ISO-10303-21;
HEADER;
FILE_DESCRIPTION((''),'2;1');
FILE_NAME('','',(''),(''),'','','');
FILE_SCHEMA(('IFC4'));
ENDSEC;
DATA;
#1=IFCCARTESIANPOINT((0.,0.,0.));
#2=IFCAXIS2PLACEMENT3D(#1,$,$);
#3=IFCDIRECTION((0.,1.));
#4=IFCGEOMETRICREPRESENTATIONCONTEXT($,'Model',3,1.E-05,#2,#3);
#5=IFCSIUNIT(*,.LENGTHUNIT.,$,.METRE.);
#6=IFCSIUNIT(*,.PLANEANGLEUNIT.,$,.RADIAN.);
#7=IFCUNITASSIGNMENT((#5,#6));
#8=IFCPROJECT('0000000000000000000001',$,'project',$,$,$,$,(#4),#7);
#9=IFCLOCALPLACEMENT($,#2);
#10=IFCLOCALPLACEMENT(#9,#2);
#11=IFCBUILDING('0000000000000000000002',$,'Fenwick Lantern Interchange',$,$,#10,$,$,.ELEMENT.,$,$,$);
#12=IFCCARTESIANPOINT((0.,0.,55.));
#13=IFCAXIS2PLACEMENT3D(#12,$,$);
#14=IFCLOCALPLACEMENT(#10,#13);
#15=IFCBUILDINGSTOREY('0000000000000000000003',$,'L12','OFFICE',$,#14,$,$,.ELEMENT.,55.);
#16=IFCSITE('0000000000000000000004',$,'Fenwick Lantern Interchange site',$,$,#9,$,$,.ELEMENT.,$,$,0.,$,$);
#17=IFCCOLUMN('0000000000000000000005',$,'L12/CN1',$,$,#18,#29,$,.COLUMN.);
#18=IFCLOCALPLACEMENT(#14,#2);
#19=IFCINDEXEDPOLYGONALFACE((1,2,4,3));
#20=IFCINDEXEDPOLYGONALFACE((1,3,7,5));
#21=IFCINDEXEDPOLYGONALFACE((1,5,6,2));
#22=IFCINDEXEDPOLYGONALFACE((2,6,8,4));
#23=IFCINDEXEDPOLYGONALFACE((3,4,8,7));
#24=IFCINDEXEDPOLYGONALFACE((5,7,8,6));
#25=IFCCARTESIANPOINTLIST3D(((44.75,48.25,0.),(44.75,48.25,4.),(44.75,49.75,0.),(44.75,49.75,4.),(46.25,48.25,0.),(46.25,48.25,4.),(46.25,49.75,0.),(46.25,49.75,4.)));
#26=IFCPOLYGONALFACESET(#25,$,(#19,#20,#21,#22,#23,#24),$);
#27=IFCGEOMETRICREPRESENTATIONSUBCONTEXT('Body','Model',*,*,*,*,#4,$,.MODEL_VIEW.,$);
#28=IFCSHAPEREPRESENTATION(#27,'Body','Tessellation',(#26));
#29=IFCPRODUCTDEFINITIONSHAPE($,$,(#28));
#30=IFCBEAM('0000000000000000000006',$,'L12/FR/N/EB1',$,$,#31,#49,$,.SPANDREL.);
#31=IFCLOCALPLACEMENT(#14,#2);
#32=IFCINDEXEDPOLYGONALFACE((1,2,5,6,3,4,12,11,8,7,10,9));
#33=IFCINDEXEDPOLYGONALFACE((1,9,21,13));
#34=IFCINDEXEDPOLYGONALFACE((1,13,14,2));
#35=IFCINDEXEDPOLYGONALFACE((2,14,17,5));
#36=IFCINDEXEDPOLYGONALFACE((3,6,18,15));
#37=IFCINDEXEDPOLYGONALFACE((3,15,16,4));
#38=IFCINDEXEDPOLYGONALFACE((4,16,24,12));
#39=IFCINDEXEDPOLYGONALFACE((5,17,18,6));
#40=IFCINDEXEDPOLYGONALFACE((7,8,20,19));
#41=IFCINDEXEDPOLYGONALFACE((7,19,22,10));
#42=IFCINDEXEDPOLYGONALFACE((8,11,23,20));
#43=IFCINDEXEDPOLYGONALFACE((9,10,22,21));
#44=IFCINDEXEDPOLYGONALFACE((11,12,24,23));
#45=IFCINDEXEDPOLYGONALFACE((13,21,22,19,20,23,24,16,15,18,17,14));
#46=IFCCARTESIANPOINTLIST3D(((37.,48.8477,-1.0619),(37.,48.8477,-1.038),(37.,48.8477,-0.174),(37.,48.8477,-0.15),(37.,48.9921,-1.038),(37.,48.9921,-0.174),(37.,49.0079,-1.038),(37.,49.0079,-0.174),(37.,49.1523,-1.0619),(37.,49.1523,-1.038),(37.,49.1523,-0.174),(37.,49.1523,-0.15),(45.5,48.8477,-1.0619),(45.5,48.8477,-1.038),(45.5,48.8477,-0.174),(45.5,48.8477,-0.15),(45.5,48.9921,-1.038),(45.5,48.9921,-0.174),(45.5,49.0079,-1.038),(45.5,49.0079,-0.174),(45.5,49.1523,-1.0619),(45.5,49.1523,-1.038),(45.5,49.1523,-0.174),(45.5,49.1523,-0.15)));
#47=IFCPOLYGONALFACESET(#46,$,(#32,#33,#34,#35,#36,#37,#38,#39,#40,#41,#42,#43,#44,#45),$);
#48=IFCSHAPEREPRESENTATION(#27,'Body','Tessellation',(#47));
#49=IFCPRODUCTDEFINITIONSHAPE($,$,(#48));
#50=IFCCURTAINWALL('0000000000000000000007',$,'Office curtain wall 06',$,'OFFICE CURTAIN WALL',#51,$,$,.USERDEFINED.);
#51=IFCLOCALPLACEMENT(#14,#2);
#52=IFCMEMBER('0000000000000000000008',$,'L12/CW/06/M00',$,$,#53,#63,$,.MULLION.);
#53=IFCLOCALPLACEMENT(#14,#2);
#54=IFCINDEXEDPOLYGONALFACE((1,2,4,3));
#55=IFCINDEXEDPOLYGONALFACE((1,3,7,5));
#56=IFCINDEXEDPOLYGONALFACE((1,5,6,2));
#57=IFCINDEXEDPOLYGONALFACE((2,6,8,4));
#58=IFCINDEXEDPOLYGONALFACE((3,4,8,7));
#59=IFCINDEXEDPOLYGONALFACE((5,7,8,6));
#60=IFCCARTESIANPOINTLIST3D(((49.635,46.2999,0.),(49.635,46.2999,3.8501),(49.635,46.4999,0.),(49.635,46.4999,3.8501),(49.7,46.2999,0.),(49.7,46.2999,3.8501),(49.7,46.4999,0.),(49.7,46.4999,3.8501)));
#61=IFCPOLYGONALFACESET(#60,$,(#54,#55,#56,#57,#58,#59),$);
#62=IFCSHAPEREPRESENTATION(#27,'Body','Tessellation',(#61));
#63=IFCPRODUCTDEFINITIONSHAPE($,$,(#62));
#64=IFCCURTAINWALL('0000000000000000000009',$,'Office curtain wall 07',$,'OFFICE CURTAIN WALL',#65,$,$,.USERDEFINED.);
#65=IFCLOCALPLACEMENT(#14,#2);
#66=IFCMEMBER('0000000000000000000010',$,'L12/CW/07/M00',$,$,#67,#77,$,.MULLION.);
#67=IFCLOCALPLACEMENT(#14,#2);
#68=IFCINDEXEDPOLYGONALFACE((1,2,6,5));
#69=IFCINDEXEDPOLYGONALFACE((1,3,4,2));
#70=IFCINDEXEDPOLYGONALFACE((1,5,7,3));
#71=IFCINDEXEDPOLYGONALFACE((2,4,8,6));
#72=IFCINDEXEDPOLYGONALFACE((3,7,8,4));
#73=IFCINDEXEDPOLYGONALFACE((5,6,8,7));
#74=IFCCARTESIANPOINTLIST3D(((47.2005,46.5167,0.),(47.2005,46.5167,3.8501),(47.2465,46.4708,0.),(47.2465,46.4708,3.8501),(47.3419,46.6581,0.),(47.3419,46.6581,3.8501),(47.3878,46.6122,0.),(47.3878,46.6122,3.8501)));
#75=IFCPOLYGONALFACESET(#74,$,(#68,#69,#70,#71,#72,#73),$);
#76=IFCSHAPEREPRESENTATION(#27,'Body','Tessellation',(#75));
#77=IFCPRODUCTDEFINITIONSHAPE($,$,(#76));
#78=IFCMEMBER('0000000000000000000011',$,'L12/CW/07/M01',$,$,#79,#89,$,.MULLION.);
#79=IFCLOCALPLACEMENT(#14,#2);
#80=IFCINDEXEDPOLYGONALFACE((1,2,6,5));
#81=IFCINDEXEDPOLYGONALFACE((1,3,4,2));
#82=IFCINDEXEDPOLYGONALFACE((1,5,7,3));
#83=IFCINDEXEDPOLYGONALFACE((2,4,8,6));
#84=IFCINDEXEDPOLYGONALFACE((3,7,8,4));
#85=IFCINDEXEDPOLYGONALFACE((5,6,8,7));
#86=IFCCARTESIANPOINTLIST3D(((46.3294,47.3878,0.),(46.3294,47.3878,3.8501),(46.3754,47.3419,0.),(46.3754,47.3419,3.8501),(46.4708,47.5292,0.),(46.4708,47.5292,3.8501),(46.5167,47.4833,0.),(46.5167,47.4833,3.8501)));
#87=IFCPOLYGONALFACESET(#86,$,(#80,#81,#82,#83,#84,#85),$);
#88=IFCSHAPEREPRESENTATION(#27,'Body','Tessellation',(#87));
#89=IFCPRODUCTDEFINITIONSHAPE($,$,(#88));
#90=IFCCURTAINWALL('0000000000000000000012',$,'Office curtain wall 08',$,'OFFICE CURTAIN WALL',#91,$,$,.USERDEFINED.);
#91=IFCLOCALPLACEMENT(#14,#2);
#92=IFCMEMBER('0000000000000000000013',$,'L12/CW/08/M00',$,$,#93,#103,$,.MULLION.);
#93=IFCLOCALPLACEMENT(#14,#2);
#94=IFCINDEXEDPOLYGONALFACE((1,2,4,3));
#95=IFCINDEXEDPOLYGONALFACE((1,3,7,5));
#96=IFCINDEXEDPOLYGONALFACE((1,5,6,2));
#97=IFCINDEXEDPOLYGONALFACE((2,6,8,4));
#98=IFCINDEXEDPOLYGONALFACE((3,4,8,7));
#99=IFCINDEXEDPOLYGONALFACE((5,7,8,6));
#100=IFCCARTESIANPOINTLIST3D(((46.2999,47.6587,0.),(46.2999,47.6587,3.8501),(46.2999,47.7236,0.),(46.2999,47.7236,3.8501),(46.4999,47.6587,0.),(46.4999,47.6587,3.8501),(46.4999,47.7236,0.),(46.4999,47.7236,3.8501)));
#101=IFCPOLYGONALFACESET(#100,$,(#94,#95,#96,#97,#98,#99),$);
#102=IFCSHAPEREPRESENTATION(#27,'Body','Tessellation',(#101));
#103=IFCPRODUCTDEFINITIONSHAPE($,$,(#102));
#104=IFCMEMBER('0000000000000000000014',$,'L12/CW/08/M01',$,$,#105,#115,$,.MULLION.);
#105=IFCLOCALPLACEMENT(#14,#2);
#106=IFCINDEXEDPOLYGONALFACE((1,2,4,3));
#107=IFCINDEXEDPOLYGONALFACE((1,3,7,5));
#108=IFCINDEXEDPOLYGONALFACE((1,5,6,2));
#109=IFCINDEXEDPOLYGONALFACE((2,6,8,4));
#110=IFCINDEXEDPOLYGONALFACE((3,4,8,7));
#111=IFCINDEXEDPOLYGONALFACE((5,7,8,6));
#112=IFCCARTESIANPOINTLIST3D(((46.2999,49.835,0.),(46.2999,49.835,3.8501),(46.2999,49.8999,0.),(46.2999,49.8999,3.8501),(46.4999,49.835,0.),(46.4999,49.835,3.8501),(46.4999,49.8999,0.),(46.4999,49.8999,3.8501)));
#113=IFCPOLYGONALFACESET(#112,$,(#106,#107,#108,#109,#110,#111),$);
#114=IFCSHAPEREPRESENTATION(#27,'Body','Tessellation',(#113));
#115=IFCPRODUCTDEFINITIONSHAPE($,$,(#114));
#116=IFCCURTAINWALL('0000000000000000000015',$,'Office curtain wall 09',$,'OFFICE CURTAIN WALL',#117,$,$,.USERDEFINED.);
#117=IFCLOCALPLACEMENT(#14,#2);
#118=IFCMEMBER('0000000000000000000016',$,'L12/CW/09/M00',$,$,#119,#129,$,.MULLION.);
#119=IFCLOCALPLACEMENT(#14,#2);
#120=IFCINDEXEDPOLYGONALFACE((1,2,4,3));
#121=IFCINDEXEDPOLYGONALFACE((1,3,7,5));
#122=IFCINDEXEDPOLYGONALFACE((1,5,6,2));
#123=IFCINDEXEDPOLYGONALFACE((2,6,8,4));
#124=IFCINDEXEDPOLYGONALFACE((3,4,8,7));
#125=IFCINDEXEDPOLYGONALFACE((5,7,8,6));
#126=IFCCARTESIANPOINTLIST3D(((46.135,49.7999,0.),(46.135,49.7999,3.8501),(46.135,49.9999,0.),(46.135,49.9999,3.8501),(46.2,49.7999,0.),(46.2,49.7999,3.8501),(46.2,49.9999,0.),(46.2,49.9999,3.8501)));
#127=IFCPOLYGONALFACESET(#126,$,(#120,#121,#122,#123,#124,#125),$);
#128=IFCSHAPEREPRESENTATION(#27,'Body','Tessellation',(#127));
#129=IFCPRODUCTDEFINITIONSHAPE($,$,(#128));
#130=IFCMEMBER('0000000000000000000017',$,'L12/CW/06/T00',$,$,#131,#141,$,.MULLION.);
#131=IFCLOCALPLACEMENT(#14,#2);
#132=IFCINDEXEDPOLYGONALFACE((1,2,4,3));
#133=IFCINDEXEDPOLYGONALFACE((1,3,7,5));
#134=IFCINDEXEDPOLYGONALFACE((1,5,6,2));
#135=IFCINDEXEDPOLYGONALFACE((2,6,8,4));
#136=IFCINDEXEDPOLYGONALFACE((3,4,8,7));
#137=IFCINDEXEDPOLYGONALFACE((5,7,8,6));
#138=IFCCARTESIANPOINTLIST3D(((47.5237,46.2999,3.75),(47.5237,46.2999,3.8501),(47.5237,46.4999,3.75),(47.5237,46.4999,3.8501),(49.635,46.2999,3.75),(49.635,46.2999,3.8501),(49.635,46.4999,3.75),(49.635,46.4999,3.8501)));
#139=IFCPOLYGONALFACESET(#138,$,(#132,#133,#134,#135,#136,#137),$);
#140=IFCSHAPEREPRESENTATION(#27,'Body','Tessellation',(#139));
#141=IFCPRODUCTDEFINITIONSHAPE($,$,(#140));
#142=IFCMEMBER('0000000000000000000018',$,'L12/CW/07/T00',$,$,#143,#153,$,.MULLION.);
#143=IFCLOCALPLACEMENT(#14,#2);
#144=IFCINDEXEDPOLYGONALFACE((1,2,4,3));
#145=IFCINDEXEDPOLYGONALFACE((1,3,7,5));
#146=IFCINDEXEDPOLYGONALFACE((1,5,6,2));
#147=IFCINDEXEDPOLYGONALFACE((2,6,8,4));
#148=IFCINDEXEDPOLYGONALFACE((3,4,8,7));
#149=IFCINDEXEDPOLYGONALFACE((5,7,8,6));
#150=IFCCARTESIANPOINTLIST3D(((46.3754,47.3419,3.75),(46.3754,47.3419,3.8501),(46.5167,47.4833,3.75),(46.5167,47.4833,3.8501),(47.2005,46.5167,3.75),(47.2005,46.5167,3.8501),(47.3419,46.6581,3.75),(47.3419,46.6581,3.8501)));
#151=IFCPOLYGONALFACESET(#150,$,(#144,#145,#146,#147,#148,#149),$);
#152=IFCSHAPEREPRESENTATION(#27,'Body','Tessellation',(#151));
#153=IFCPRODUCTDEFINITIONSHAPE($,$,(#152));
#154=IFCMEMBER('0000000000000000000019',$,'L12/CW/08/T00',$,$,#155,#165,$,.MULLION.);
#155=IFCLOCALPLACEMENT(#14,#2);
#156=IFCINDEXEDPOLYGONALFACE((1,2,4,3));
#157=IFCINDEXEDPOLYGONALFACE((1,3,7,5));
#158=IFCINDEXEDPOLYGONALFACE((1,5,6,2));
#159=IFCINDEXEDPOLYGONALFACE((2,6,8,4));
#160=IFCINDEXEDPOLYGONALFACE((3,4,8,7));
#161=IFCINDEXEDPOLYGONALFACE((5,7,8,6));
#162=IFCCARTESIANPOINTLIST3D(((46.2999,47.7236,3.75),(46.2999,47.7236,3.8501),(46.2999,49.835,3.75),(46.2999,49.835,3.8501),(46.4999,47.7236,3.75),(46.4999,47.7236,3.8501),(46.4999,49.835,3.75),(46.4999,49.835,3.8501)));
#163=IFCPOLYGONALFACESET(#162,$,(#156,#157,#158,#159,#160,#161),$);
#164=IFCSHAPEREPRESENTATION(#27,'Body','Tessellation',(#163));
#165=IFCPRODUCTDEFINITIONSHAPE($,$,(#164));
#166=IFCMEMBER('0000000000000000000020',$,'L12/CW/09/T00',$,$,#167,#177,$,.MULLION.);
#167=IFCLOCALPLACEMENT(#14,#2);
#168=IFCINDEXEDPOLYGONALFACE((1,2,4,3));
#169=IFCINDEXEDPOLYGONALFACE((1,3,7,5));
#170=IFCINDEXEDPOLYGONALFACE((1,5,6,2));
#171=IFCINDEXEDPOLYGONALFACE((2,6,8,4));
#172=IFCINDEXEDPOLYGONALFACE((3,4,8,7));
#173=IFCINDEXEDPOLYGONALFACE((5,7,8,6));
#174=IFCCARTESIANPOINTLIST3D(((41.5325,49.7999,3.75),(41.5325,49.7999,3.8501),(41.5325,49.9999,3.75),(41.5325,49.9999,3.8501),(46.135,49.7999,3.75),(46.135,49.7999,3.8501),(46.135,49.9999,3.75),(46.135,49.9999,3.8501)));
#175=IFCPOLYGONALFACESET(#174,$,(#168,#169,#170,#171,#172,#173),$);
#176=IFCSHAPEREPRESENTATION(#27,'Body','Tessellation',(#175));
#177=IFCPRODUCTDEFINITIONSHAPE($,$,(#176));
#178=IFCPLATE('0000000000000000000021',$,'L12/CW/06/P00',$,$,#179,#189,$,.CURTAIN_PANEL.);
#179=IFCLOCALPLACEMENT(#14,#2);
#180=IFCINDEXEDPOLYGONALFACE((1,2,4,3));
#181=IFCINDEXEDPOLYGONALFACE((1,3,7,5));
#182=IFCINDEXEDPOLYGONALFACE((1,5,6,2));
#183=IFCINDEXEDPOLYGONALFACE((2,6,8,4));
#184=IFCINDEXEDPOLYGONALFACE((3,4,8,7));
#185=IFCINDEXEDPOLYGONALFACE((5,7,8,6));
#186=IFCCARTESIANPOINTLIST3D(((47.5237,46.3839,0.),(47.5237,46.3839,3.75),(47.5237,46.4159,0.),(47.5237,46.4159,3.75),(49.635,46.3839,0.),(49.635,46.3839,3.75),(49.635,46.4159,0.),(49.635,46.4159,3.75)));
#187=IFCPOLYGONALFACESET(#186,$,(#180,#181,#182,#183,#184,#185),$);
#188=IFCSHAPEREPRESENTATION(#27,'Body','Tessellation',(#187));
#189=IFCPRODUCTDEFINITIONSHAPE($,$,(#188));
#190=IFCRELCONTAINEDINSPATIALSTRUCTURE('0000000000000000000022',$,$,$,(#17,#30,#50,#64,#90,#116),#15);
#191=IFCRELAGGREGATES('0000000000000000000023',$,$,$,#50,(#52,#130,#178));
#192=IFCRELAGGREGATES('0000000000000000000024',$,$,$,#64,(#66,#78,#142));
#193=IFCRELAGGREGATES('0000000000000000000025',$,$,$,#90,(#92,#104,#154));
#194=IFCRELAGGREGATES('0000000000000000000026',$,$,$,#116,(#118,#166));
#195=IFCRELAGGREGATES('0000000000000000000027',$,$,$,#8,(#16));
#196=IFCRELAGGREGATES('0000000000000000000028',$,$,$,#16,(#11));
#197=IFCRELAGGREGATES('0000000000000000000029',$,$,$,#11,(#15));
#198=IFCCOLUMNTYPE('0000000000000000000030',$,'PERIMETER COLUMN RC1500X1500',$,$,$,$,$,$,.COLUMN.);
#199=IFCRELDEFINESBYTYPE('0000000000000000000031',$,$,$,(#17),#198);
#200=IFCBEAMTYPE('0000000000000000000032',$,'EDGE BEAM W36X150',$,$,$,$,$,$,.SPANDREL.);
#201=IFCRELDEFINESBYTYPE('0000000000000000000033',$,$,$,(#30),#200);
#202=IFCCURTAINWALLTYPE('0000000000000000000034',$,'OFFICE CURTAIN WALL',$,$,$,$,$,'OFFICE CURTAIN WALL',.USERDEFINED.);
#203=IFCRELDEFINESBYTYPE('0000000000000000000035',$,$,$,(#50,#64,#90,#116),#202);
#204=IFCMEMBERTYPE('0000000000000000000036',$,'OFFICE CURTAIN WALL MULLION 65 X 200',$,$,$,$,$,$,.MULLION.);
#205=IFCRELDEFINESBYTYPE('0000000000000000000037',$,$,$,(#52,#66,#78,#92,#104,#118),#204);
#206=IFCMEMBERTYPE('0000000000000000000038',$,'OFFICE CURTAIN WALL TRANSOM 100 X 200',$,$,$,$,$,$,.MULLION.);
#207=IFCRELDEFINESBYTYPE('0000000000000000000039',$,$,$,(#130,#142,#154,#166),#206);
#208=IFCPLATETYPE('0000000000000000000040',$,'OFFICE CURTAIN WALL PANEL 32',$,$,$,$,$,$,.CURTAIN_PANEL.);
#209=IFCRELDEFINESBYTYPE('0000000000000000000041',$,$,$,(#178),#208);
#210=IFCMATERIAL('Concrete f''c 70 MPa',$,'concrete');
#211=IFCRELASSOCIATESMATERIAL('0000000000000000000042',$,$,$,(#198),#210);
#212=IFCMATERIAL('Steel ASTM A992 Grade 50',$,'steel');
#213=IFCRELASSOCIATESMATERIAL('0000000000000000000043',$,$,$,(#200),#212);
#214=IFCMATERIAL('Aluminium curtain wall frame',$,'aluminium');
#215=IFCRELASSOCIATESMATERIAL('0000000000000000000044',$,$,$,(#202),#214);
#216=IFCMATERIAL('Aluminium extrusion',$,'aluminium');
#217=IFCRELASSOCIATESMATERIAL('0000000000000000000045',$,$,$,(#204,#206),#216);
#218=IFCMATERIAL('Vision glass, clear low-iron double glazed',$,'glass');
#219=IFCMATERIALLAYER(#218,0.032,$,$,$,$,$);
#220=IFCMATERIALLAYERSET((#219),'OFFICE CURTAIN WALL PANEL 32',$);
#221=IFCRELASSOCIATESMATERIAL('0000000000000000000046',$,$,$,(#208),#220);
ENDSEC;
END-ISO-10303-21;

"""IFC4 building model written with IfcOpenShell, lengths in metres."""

from ifc_helpers import new_model, si_unit, direction, frame, origin, origin_2d, place, context, subcontext, project, spatial, rectangle, i_section, extrude, material, layer, layer_set, material_profile, profile_set, type_object, element, aggregate, save


model = new_model("IFC4")

# Units and contexts
model_context = context("Model", 3, precision=1e-05, world=origin(), true_north=direction((0.0, 1.0)))
body_context = subcontext(model_context, "Body", "Model", "MODEL_VIEW")
ifc_project = project(units=[si_unit("LENGTHUNIT", "METRE"), si_unit("PLANEANGLEUNIT", "RADIAN")], contexts=[model_context])

# Site, building, storey
site_placement = place(None, origin())
site = spatial("IfcSite", under=ifc_project, at=site_placement, Name="Fenwick Lantern Interchange site", CompositionType="ELEMENT", RefElevation=0.0)
building_placement = place(site_placement, origin())
building = spatial("IfcBuilding", under=site, at=building_placement, Name="Fenwick Lantern Interchange", CompositionType="ELEMENT")
storey_placement = place(building_placement, frame((0.0, 0.0, 55.0)))
storey = spatial("IfcBuildingStorey", under=building, at=storey_placement, Name="L12", Description="OFFICE", CompositionType="ELEMENT", Elevation=55.0)

# Column
ifc_material_1 = material(Name="Concrete f'c 70 MPa", Category="concrete")
ifc_material_profile_1 = material_profile(ifc_material_1, rectangle(XDim=1.5, YDim=1.5, at=origin_2d()), Name="RC1500X1500")
ifc_profile_set_1 = profile_set([ifc_material_profile_1], Name="Concrete f'c 70 MPa")
column_type = type_object("IfcColumnType", Name="PERIMETER COLUMN RC1500X1500", PredefinedType="COLUMN", material=ifc_profile_set_1)
column_placement = place(storey_placement, frame((45.5, 49.0, 0.0), z_axis=(0.0, 0.0, 1.0), x_axis=(1.0, 0.0, 0.0)))
element("IfcColumn", 1, at=column_placement, inside=storey, type_object=column_type, Name="L12/CN1", PredefinedType="COLUMN", context=body_context, shape_type="SweptSolid", body=[
    extrude(rectangle(XDim=1.5, YDim=1.5, at=origin_2d()), origin(), (0.0, 0.0, 1.0), 4.0),
])

# Beam
ifc_material_2 = material(Name="Steel ASTM A992 Grade 50", Category="steel")
ifc_material_profile_2 = material_profile(ifc_material_2, i_section(OverallWidth=0.3047, OverallDepth=0.9119, WebThickness=0.0159, FlangeThickness=0.0239, at=origin_2d()), Name="W36X150")
ifc_profile_set_2 = profile_set([ifc_material_profile_2], Name="Steel ASTM A992 Grade 50")
beam_type = type_object("IfcBeamType", Name="EDGE BEAM W36X150", PredefinedType="SPANDREL", material=ifc_profile_set_2)
beam_placement = place(storey_placement, frame((45.5, 49.0, -0.606), z_axis=(-1.0, 0.0, 0.0), x_axis=(0.0, -1.0, 0.0)))
element("IfcBeam", 2, at=beam_placement, inside=storey, type_object=beam_type, Name="L12/FR/N/EB1", PredefinedType="SPANDREL", context=body_context, shape_type="SweptSolid", body=[
    extrude(i_section(OverallWidth=0.3047, OverallDepth=0.9119, WebThickness=0.0159, FlangeThickness=0.0239, at=origin_2d()), origin(), (0.0, 0.0, 1.0), 8.5),
])

# Curtain wall, member
ifc_material_3 = material(Name="Aluminium curtain wall frame", Category="aluminium")
curtain_wall_type = type_object("IfcCurtainWallType", Name="OFFICE CURTAIN WALL", ElementType="OFFICE CURTAIN WALL", PredefinedType="USERDEFINED", material=ifc_material_3)
curtain_wall_1_placement = place(storey_placement, origin())
curtain_wall_1 = element("IfcCurtainWall", 3, at=curtain_wall_1_placement, inside=storey, type_object=curtain_wall_type, Name="Office curtain wall 06", ObjectType="OFFICE CURTAIN WALL", PredefinedType="USERDEFINED")
ifc_material_4 = material(Name="Aluminium extrusion", Category="aluminium")
ifc_material_profile_3 = material_profile(ifc_material_4, rectangle(XDim=0.2, YDim=0.0649, at=origin_2d()), Name="OFFICE CURTAIN WALL MULLION 65 X 200")
ifc_profile_set_3 = profile_set([ifc_material_profile_3], Name="Aluminium extrusion")
member_type_1 = type_object("IfcMemberType", Name="OFFICE CURTAIN WALL MULLION 65 X 200", PredefinedType="MULLION", material=ifc_profile_set_3)
member_1_placement = place(storey_placement, frame((49.6675, 46.3999, 0.0), z_axis=(0.0, 0.0, 1.0), x_axis=(0.0, -1.0, 0.0)))
member_1 = element("IfcMember", 4, at=member_1_placement, type_object=member_type_1, Name="L12/CW/06/M00", PredefinedType="MULLION", context=body_context, shape_type="SweptSolid", body=[
    extrude(rectangle(XDim=0.2, YDim=0.0649, at=origin_2d()), origin(), (0.0, 0.0, 1.0), 3.8501),
])

# Curtain walls, members
curtain_wall_2_placement = place(storey_placement, origin())
curtain_wall_2 = element("IfcCurtainWall", 5, at=curtain_wall_2_placement, inside=storey, type_object=curtain_wall_type, Name="Office curtain wall 07", ObjectType="OFFICE CURTAIN WALL", PredefinedType="USERDEFINED")
member_2_placement = place(storey_placement, frame((47.2942, 46.5645, 0.0), z_axis=(0.0, 0.0, 1.0), x_axis=(-0.707107, -0.707107, 0.0)))
member_2 = element("IfcMember", 6, at=member_2_placement, type_object=member_type_1, Name="L12/CW/07/M00", PredefinedType="MULLION", context=body_context, shape_type="SweptSolid", body=[
    extrude(rectangle(XDim=0.2, YDim=0.0649, at=origin_2d()), origin(), (0.0, 0.0, 1.0), 3.8501),
])
member_3_placement = place(storey_placement, frame((46.4231, 47.4355, 0.0), z_axis=(0.0, 0.0, 1.0), x_axis=(-0.707107, -0.707107, 0.0)))
member_3 = element("IfcMember", 7, at=member_3_placement, type_object=member_type_1, Name="L12/CW/07/M01", PredefinedType="MULLION", context=body_context, shape_type="SweptSolid", body=[
    extrude(rectangle(XDim=0.2, YDim=0.0649, at=origin_2d()), origin(), (0.0, 0.0, 1.0), 3.8501),
])
curtain_wall_3_placement = place(storey_placement, origin())
curtain_wall_3 = element("IfcCurtainWall", 8, at=curtain_wall_3_placement, inside=storey, type_object=curtain_wall_type, Name="Office curtain wall 08", ObjectType="OFFICE CURTAIN WALL", PredefinedType="USERDEFINED")
member_4_placement = place(storey_placement, frame((46.3999, 47.6912, 0.0), z_axis=(0.0, 0.0, 1.0), x_axis=(-1.0, 0.0, 0.0)))
member_4 = element("IfcMember", 9, at=member_4_placement, type_object=member_type_1, Name="L12/CW/08/M00", PredefinedType="MULLION", context=body_context, shape_type="SweptSolid", body=[
    extrude(rectangle(XDim=0.2, YDim=0.0649, at=origin_2d()), origin(), (0.0, 0.0, 1.0), 3.8501),
])
member_5_placement = place(storey_placement, frame((46.3999, 49.8674, 0.0), z_axis=(0.0, 0.0, 1.0), x_axis=(-1.0, 0.0, 0.0)))
member_5 = element("IfcMember", 10, at=member_5_placement, type_object=member_type_1, Name="L12/CW/08/M01", PredefinedType="MULLION", context=body_context, shape_type="SweptSolid", body=[
    extrude(rectangle(XDim=0.2, YDim=0.0649, at=origin_2d()), origin(), (0.0, 0.0, 1.0), 3.8501),
])

# Curtain wall, member
curtain_wall_4_placement = place(storey_placement, origin())
curtain_wall_4 = element("IfcCurtainWall", 11, at=curtain_wall_4_placement, inside=storey, type_object=curtain_wall_type, Name="Office curtain wall 09", ObjectType="OFFICE CURTAIN WALL", PredefinedType="USERDEFINED")
member_6_placement = place(storey_placement, frame((46.1675, 49.8999, 0.0), z_axis=(0.0, 0.0, 1.0), x_axis=(0.0, -1.0, 0.0)))
member_6 = element("IfcMember", 12, at=member_6_placement, type_object=member_type_1, Name="L12/CW/09/M00", PredefinedType="MULLION", context=body_context, shape_type="SweptSolid", body=[
    extrude(rectangle(XDim=0.2, YDim=0.0649, at=origin_2d()), origin(), (0.0, 0.0, 1.0), 3.8501),
])

# Members
ifc_material_profile_4 = material_profile(ifc_material_4, rectangle(XDim=0.2, YDim=0.1001, at=origin_2d()), Name="OFFICE CURTAIN WALL TRANSOM 100 X 200")
ifc_profile_set_4 = profile_set([ifc_material_profile_4], Name="Aluminium extrusion")
member_type_2 = type_object("IfcMemberType", Name="OFFICE CURTAIN WALL TRANSOM 100 X 200", PredefinedType="MULLION", material=ifc_profile_set_4)
member_7_placement = place(storey_placement, frame((49.635, 46.3999, 3.8), z_axis=(-1.0, 0.0, 0.0), x_axis=(0.0, -1.0, 0.0)))
member_7 = element("IfcMember", 13, at=member_7_placement, type_object=member_type_2, Name="L12/CW/06/T00", PredefinedType="MULLION", context=body_context, shape_type="SweptSolid", body=[
    extrude(rectangle(XDim=0.2, YDim=0.1001, at=origin_2d()), origin(), (0.0, 0.0, 1.0), 2.1113),
])
member_8_placement = place(storey_placement, frame((47.2712, 46.5874, 3.8), z_axis=(-0.707107, 0.707107, 0.0), x_axis=(-0.707107, -0.707107, 0.0)))
member_8 = element("IfcMember", 14, at=member_8_placement, type_object=member_type_2, Name="L12/CW/07/T00", PredefinedType="MULLION", context=body_context, shape_type="SweptSolid", body=[
    extrude(rectangle(XDim=0.2, YDim=0.1001, at=origin_2d()), origin(), (0.0, 0.0, 1.0), 1.167),
])
member_9_placement = place(storey_placement, frame((46.3999, 47.7236, 3.8), z_axis=(0.0, 1.0, 0.0), x_axis=(-1.0, 0.0, 0.0)))
member_9 = element("IfcMember", 15, at=member_9_placement, type_object=member_type_2, Name="L12/CW/08/T00", PredefinedType="MULLION", context=body_context, shape_type="SweptSolid", body=[
    extrude(rectangle(XDim=0.2, YDim=0.1001, at=origin_2d()), origin(), (0.0, 0.0, 1.0), 2.1113),
])
member_10_placement = place(storey_placement, frame((46.135, 49.8999, 3.8), z_axis=(-1.0, 0.0, 0.0), x_axis=(0.0, -1.0, 0.0)))
member_10 = element("IfcMember", 16, at=member_10_placement, type_object=member_type_2, Name="L12/CW/09/T00", PredefinedType="MULLION", context=body_context, shape_type="SweptSolid", body=[
    extrude(rectangle(XDim=0.2, YDim=0.1001, at=origin_2d()), origin(), (0.0, 0.0, 1.0), 4.6025),
])

# Plate
ifc_material_5 = material(Name="Vision glass, clear low-iron double glazed", Category="glass")
ifc_layer_1 = layer(ifc_material_5, 0.032)
ifc_layer_set_1 = layer_set([ifc_layer_1], Name="OFFICE CURTAIN WALL PANEL 32")
plate_type = type_object("IfcPlateType", Name="OFFICE CURTAIN WALL PANEL 32", PredefinedType="CURTAIN_PANEL", material=ifc_layer_set_1)
plate_1_placement = place(storey_placement, frame((48.5793, 46.3999, 0.0), z_axis=(0.0, 0.0, 1.0), x_axis=(-1.0, 0.0, 0.0)))
plate_1 = element("IfcPlate", 17, at=plate_1_placement, type_object=plate_type, Name="L12/CW/06/P00", PredefinedType="CURTAIN_PANEL", context=body_context, shape_type="SweptSolid", body=[
    extrude(rectangle(XDim=2.1113, YDim=0.032, at=origin_2d()), origin(), (0.0, 0.0, 1.0), 3.75),
])
aggregate(curtain_wall_1, [member_1, member_7, plate_1])
aggregate(curtain_wall_2, [member_2, member_3, member_8])
aggregate(curtain_wall_3, [member_4, member_5, member_9])
aggregate(curtain_wall_4, [member_6, member_10])

save(model, "model.ifc")
